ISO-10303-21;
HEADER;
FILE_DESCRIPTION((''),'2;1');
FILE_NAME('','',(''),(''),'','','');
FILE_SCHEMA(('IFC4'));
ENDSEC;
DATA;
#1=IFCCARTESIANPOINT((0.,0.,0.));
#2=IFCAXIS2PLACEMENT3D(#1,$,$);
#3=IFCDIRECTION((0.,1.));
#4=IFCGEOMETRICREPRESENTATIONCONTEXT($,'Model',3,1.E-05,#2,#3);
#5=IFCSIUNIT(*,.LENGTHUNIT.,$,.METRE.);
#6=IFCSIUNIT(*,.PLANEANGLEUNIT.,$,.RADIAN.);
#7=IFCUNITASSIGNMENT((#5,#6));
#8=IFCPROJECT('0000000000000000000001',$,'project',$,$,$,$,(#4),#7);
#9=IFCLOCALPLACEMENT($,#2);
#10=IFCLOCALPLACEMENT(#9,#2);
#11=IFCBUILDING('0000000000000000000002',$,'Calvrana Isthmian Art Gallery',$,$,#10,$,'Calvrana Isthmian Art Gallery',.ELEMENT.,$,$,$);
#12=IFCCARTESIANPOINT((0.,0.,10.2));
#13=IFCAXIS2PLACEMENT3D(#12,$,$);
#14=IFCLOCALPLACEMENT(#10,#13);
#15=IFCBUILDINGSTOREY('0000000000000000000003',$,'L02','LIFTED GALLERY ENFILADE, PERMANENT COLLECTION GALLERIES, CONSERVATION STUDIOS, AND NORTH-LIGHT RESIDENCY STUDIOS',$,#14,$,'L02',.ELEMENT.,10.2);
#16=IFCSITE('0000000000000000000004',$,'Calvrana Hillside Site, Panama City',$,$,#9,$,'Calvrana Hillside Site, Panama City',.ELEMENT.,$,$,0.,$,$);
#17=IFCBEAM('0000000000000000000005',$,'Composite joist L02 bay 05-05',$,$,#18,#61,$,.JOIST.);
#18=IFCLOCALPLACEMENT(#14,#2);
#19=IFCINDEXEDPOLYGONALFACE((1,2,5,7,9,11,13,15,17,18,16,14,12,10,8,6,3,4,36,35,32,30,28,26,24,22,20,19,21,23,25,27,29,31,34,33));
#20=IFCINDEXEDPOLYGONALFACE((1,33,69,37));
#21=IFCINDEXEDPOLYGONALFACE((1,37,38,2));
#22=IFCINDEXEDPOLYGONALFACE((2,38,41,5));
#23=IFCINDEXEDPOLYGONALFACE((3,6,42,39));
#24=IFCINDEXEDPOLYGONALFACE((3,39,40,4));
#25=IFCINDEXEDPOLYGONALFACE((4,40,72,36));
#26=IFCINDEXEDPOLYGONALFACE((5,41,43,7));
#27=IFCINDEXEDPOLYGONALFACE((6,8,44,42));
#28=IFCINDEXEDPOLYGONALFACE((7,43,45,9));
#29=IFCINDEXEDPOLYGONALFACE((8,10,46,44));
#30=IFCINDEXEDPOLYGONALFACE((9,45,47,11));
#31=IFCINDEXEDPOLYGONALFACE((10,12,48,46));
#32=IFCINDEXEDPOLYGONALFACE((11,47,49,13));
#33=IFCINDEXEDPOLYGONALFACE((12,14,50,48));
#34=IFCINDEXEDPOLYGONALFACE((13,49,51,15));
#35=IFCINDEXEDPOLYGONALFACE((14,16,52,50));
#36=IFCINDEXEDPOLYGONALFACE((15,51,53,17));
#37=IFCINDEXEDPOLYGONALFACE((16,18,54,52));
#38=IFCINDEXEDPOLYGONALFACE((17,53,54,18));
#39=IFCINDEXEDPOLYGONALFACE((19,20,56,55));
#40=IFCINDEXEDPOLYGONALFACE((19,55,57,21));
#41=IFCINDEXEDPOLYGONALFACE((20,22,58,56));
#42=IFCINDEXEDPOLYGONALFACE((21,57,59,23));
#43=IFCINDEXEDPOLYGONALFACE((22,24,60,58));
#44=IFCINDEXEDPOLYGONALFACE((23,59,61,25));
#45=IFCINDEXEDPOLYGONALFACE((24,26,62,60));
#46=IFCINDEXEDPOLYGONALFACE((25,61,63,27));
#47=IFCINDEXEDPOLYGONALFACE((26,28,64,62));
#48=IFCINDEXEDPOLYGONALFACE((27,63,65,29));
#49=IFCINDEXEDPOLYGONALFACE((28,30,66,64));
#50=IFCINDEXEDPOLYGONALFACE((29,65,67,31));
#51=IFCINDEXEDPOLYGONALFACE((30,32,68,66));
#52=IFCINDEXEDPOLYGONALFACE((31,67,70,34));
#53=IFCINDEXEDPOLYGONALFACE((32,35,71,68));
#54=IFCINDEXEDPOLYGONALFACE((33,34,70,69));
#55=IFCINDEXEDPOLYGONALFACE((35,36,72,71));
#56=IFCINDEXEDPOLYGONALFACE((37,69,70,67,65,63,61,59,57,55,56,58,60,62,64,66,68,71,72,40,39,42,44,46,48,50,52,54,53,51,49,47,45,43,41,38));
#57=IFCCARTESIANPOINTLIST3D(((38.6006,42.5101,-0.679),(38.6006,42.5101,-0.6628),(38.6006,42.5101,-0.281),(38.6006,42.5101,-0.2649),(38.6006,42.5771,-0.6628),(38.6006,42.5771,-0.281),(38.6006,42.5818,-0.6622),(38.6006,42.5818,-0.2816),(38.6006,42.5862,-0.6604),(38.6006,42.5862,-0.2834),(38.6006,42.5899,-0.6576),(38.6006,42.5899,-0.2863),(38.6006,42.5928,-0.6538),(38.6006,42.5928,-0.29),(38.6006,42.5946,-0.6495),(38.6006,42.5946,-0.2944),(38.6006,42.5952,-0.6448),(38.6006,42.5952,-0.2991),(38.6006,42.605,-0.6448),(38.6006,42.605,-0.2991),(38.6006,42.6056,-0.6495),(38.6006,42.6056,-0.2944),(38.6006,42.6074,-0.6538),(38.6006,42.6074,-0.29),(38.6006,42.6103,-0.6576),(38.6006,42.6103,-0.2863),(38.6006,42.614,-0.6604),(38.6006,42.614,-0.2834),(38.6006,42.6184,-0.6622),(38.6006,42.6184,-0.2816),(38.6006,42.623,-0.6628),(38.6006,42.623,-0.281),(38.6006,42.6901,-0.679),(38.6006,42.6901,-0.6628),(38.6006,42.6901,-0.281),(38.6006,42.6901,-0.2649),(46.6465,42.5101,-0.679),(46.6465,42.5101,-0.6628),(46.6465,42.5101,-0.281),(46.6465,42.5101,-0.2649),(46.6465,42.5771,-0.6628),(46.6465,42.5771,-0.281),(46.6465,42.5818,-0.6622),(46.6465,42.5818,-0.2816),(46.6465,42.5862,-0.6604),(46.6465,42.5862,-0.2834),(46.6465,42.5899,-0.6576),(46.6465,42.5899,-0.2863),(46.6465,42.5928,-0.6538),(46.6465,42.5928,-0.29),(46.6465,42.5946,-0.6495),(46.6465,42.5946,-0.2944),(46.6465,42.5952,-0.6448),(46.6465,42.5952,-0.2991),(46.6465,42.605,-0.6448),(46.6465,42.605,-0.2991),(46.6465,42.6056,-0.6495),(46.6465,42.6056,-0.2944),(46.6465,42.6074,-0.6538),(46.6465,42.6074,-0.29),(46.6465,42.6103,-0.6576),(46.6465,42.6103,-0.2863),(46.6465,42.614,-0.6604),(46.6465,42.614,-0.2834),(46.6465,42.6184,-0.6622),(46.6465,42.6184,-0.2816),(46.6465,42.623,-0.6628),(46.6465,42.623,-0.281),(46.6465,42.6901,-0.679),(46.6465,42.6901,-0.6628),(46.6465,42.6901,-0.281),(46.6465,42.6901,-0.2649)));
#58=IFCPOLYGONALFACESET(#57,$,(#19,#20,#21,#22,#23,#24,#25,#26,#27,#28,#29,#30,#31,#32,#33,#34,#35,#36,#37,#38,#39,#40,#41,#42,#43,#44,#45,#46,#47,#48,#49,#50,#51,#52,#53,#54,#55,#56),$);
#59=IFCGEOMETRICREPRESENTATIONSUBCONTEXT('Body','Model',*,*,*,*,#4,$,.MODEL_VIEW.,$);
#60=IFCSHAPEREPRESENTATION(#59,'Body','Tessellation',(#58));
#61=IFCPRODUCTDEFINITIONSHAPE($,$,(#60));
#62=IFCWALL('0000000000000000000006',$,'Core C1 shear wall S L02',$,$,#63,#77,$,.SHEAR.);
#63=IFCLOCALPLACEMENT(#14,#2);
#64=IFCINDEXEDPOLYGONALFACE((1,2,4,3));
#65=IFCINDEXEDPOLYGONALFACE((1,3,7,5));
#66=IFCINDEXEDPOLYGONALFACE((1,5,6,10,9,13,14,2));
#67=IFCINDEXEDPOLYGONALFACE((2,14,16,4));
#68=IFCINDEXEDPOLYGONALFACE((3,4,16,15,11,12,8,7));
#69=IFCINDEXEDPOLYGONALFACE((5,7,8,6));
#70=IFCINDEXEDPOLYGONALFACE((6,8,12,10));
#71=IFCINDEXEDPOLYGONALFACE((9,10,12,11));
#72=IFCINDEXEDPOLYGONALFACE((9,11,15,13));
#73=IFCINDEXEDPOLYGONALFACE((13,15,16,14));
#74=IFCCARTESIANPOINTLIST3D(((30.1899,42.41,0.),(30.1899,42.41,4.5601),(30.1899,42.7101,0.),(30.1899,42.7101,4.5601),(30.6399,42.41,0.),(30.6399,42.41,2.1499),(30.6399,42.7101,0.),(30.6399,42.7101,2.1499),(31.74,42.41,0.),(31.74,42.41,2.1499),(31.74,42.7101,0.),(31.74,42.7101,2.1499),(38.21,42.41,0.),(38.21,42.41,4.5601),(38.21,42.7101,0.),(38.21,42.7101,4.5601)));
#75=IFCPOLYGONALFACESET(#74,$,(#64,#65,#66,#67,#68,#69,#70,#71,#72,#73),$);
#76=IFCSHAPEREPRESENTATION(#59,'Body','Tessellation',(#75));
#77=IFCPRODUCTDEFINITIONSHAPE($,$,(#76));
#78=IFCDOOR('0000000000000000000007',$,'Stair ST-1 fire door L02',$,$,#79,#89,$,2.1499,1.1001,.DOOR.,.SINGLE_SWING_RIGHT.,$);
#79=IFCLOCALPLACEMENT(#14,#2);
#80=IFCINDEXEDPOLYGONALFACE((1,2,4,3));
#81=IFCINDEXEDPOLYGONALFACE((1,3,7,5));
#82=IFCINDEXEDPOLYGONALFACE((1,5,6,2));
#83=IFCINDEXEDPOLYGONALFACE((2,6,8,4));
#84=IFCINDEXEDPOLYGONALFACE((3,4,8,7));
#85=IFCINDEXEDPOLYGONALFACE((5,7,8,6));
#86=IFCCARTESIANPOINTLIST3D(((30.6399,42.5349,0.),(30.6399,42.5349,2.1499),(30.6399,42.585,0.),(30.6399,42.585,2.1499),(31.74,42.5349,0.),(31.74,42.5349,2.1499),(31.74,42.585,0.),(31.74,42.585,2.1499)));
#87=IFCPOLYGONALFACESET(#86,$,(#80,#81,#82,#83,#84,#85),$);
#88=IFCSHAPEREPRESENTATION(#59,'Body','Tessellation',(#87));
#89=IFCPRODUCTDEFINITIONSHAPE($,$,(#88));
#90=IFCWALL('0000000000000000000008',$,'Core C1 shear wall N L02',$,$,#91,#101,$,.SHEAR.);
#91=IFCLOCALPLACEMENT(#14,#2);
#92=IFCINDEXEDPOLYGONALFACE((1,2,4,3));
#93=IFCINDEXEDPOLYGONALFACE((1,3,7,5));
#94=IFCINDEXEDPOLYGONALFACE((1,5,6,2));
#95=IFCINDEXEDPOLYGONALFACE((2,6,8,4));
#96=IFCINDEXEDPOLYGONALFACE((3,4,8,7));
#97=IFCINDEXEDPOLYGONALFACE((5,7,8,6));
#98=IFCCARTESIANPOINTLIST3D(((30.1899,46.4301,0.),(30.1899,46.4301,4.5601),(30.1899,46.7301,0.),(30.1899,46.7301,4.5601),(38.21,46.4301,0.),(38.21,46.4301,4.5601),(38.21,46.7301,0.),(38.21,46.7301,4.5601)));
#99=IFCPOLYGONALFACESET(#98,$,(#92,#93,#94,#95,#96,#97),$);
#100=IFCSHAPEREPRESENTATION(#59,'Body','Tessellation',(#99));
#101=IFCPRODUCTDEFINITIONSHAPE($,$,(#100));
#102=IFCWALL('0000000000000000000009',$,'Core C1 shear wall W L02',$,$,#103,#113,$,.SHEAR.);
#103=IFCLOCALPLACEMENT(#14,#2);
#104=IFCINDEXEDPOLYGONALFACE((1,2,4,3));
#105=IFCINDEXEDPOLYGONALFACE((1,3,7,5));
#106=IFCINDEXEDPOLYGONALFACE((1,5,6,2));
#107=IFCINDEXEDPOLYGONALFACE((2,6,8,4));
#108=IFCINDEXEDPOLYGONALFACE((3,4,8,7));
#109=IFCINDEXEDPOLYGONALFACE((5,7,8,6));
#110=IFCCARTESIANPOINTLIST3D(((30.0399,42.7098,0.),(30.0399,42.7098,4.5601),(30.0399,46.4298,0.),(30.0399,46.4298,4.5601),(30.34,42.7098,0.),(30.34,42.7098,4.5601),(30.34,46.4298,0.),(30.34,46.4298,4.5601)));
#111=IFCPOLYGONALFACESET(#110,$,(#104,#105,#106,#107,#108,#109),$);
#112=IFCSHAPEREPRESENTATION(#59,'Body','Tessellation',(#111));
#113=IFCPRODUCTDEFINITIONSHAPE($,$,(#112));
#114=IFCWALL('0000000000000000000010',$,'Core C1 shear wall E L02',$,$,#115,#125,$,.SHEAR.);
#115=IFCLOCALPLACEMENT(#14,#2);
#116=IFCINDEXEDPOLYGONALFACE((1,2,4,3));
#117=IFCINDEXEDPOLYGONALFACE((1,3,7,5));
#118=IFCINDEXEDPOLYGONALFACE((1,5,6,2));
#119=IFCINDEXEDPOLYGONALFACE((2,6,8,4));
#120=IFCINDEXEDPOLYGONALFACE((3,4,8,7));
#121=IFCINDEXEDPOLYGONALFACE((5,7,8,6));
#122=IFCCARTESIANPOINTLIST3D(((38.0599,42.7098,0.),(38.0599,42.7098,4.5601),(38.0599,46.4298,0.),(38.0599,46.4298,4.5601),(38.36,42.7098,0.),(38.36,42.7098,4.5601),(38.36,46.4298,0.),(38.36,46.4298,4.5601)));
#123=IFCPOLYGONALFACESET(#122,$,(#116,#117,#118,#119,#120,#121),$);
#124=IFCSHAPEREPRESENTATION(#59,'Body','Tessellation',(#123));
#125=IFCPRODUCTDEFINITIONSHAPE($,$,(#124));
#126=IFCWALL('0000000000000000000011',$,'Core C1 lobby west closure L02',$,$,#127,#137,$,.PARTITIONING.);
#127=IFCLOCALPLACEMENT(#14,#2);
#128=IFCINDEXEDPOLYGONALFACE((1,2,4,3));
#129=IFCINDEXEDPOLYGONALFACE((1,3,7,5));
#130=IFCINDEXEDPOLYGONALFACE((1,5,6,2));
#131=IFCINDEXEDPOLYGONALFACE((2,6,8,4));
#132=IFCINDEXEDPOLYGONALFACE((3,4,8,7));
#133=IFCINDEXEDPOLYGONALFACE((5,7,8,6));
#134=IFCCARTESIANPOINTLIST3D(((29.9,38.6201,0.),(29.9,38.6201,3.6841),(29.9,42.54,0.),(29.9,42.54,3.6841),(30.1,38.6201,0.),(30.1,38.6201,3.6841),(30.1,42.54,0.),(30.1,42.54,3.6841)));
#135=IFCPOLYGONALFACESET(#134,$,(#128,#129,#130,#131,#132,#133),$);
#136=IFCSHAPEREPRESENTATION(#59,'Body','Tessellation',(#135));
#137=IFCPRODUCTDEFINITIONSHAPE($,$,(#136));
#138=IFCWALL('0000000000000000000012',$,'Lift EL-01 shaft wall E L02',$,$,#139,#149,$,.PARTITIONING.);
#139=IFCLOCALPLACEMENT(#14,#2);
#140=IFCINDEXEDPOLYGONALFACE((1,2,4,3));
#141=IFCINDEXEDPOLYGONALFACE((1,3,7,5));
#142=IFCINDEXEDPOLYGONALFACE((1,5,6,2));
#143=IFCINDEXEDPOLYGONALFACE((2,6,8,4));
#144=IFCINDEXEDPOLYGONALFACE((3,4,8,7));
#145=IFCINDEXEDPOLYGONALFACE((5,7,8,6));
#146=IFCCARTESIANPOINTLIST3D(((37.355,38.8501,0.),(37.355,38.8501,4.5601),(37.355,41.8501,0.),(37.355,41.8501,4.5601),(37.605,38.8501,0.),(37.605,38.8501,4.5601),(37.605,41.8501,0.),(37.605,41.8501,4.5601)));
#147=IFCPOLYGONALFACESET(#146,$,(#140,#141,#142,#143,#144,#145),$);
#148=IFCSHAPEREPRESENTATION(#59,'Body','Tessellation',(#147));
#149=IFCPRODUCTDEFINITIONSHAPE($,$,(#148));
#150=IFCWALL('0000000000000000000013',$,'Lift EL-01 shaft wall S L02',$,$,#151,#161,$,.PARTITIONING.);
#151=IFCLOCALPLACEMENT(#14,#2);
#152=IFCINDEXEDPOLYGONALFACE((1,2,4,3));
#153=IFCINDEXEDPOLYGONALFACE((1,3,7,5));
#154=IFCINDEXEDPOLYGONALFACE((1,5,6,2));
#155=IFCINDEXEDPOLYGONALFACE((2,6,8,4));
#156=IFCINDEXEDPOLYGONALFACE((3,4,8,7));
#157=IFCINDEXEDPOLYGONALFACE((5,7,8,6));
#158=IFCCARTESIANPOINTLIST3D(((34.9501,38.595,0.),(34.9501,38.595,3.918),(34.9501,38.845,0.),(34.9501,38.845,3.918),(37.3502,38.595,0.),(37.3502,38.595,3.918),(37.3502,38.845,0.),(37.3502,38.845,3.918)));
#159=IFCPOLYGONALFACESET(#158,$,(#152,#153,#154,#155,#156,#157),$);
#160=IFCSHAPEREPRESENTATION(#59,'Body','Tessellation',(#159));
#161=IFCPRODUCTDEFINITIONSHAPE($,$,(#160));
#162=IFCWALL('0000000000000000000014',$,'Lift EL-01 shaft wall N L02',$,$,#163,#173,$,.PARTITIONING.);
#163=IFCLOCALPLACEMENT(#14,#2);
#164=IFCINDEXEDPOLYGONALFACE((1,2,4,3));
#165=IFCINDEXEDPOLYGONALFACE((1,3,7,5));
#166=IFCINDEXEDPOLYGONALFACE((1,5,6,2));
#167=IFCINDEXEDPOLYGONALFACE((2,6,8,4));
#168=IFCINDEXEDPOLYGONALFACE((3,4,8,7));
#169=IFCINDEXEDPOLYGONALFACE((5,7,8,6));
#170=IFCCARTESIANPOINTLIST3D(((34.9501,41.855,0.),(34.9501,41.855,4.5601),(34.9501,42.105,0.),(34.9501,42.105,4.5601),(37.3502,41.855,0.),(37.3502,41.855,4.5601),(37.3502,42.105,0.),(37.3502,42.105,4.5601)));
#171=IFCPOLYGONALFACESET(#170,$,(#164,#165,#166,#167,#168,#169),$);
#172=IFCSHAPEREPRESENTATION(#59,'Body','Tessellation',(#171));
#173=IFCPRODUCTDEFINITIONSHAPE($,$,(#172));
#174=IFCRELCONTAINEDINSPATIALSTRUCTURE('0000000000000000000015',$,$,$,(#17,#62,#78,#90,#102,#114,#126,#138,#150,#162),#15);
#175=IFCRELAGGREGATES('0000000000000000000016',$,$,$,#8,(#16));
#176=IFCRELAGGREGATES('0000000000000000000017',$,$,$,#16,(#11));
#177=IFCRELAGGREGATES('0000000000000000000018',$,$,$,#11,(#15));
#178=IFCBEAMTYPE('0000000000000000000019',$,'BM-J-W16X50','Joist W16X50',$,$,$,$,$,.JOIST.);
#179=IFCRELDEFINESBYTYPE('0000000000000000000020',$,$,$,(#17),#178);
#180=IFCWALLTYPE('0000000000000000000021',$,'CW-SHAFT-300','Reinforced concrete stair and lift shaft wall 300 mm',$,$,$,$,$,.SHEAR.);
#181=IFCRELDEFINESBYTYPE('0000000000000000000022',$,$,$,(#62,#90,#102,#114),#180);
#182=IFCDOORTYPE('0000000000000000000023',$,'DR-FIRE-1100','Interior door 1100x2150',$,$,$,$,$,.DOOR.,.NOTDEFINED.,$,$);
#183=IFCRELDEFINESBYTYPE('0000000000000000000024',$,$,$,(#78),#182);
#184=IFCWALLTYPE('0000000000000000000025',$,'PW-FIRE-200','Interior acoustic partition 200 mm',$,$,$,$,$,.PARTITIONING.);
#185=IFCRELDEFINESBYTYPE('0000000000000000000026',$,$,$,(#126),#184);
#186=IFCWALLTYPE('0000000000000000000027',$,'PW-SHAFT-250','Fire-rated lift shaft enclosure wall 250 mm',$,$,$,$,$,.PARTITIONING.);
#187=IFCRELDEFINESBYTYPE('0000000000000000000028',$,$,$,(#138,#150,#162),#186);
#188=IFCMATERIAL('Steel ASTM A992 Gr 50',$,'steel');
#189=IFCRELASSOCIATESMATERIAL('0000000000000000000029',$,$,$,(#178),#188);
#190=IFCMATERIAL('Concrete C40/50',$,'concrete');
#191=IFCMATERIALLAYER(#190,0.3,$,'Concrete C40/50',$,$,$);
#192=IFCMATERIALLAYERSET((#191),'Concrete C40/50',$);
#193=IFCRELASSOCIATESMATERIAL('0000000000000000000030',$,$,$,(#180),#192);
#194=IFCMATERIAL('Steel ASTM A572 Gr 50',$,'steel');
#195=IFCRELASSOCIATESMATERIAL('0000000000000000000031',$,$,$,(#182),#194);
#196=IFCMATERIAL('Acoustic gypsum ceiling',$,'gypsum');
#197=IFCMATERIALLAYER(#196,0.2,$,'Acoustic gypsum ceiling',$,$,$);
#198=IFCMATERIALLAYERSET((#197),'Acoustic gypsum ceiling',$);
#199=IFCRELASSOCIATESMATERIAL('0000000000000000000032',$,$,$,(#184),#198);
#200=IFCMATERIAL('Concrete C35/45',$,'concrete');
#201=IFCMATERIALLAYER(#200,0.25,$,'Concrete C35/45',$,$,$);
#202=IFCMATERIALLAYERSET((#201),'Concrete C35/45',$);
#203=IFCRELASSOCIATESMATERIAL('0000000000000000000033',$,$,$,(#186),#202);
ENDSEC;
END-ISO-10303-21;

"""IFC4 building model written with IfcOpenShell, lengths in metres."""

from ifc_helpers import new_model, si_unit, direction, frame, frame_2d, origin, origin_2d, place, context, subcontext, project, spatial, rectangle, i_section, extrude, material, layer, layer_set, material_profile, profile_set, type_object, element, fill, save


model = new_model("IFC4")

# Units and contexts
model_context = context("Model", 3, precision=1e-05, world=origin(), true_north=direction((0.0, 1.0)))
body_context = subcontext(model_context, "Body", "Model", "MODEL_VIEW")
ifc_project = project(units=[si_unit("LENGTHUNIT", "METRE"), si_unit("PLANEANGLEUNIT", "RADIAN")], contexts=[model_context])

# Site, building, storey
site_placement = place(None, origin())
site = spatial("IfcSite", under=ifc_project, at=site_placement, Name="Calvrana Hillside Site, Panama City", LongName="Calvrana Hillside Site, Panama City", CompositionType="ELEMENT", RefElevation=0.0)
building_placement = place(site_placement, origin())
building = spatial("IfcBuilding", under=site, at=building_placement, Name="Calvrana Isthmian Art Gallery", LongName="Calvrana Isthmian Art Gallery", CompositionType="ELEMENT")
storey_placement = place(building_placement, frame((0.0, 0.0, 10.2)))
storey = spatial("IfcBuildingStorey", under=building, at=storey_placement, Name="L02", Description="LIFTED GALLERY ENFILADE, PERMANENT COLLECTION GALLERIES, CONSERVATION STUDIOS, AND NORTH-LIGHT RESIDENCY STUDIOS", LongName="L02", CompositionType="ELEMENT", Elevation=10.2)

# Shared definitions
ifc_material_1 = material(Name="Steel ASTM A992 Gr 50", Category="steel")

# Beam
ifc_material_profile_1 = material_profile(ifc_material_1, i_section(OverallWidth=0.1799, OverallDepth=0.4141, WebThickness=0.0098, FlangeThickness=0.0161, FilletRadius=0.0181, at=origin_2d()), Name="W16X50")
ifc_profile_set_1 = profile_set([ifc_material_profile_1], Name="Steel ASTM A992 Gr 50")
beam_type_1 = type_object("IfcBeamType", Name="BM-J-W16X50", Description="Joist W16X50", PredefinedType="JOIST", material=ifc_profile_set_1)
beam_1_placement = place(storey_placement, frame((38.6006, 42.6001, -0.4719), z_axis=(1.0, 0.0, 0.0), x_axis=(0.0, 1.0, 0.0)))
element("IfcBeam", 1, at=beam_1_placement, inside=storey, type_object=beam_type_1, Name="Composite joist L02 bay 05-05", PredefinedType="JOIST", context=body_context, shape_type="SweptSolid", body=[
    extrude(i_section(OverallWidth=0.1799, OverallDepth=0.4141, WebThickness=0.0098, FlangeThickness=0.0161, FilletRadius=0.0181, at=origin_2d()), origin(), (0.0, 0.0, 1.0), 8.0459),
])

# Wall, opening, door
ifc_material_2 = material(Name="Concrete C40/50", Category="concrete")
ifc_layer_1 = layer(ifc_material_2, 0.3, Name="Concrete C40/50")
ifc_layer_set_1 = layer_set([ifc_layer_1], Name="Concrete C40/50")
wall_type_1 = type_object("IfcWallType", Name="CW-SHAFT-300", Description="Reinforced concrete stair and lift shaft wall 300 mm", PredefinedType="SHEAR", material=ifc_layer_set_1)
wall_1_placement = place(storey_placement, frame((30.1899, 42.5601, 0.0), z_axis=(0.0, 0.0, 1.0), x_axis=(1.0, 0.0, 0.0)))
wall_1 = element("IfcWall", 2, at=wall_1_placement, inside=storey, type_object=wall_type_1, Name="Core C1 shear wall S L02", PredefinedType="SHEAR", context=body_context, shape_type="SweptSolid", body=[
    extrude(rectangle(XDim=8.02, YDim=0.3, at=frame_2d((4.01, 0.0))), origin(), (0.0, 0.0, 1.0), 4.5601),
])
opening_placement = place(wall_1_placement, frame((0.45, 0.0, 0.0)))
opening = element("IfcOpeningElement", 3, at=opening_placement, cuts=wall_1, PredefinedType="OPENING", context=body_context, shape_type="SweptSolid", body=[
    extrude(rectangle(XDim=1.1001, YDim=2.1499, at=frame_2d((0.55, 1.075))), frame((0.0, 0.1602, 0.0), z_axis=(0.0, -1.0, 0.0), x_axis=(1.0, 0.0, 0.0)), (0.0, 0.0, 1.0), 0.3206),
])
ifc_material_3 = material(Name="Steel ASTM A572 Gr 50", Category="steel")
door_type = type_object("IfcDoorType", Name="DR-FIRE-1100", Description="Interior door 1100x2150", OperationType="NOTDEFINED", PredefinedType="DOOR", material=ifc_material_3)
door_placement = place(opening_placement, origin())
door = element("IfcDoor", 4, at=door_placement, inside=storey, type_object=door_type, Name="Stair ST-1 fire door L02", OperationType="SINGLE_SWING_RIGHT", OverallHeight=2.1499, OverallWidth=1.1001, PredefinedType="DOOR", context=body_context, shape_type="SweptSolid", body=[
    extrude(rectangle(XDim=1.1001, YDim=2.1499, at=frame_2d((0.55, 1.075))), frame((0.0, 0.0249, 0.0), z_axis=(0.0, -1.0, 0.0), x_axis=(1.0, 0.0, 0.0)), (0.0, 0.0, 1.0), 0.05),
])
fill(opening, door)

# Walls
wall_2_placement = place(storey_placement, frame((30.1899, 46.5801, 0.0), z_axis=(0.0, 0.0, 1.0), x_axis=(1.0, 0.0, 0.0)))
element("IfcWall", 5, at=wall_2_placement, inside=storey, type_object=wall_type_1, Name="Core C1 shear wall N L02", PredefinedType="SHEAR", context=body_context, shape_type="SweptSolid", body=[
    extrude(rectangle(XDim=8.02, YDim=0.3, at=frame_2d((4.01, 0.0))), origin(), (0.0, 0.0, 1.0), 4.5601),
])
for number, where, z_axis, x_axis, name in (
    (6, (30.1899, 42.71, 0.0), (0.0, 0.0, 1.0), (0.0, 1.0, 0.0), "Core C1 shear wall W L02"),
    (7, (38.21, 42.71, 0.0), (0.0, 0.0, 1.0), (0.0, 1.0, 0.0), "Core C1 shear wall E L02"),
):
    element("IfcWall", number, at=place(storey_placement, frame(where, z_axis=z_axis, x_axis=x_axis)), inside=storey, type_object=wall_type_1, Name=name, PredefinedType="SHEAR", context=body_context, shape_type="SweptSolid", body=[
        extrude(rectangle(XDim=3.72, YDim=0.3, at=frame_2d((1.8599, 0.0))), origin(), (0.0, 0.0, 1.0), 4.5601),
    ])
ifc_material_4 = material(Name="Acoustic gypsum ceiling", Category="gypsum")
ifc_layer_2 = layer(ifc_material_4, 0.2, Name="Acoustic gypsum ceiling")
ifc_layer_set_2 = layer_set([ifc_layer_2], Name="Acoustic gypsum ceiling")
wall_type_2 = type_object("IfcWallType", Name="PW-FIRE-200", Description="Interior acoustic partition 200 mm", PredefinedType="PARTITIONING", material=ifc_layer_set_2)
wall_3_placement = place(storey_placement, frame((30.0, 38.6201, 0.0), z_axis=(0.0, 0.0, 1.0), x_axis=(0.0, 1.0, 0.0)))
element("IfcWall", 8, at=wall_3_placement, inside=storey, type_object=wall_type_2, Name="Core C1 lobby west closure L02", PredefinedType="PARTITIONING", context=body_context, shape_type="SweptSolid", body=[
    extrude(rectangle(XDim=3.9199, YDim=0.2, at=frame_2d((1.96, 0.0))), origin(), (0.0, 0.0, 1.0), 3.6841),
])
ifc_material_5 = material(Name="Concrete C35/45", Category="concrete")
ifc_layer_3 = layer(ifc_material_5, 0.25, Name="Concrete C35/45")
ifc_layer_set_3 = layer_set([ifc_layer_3], Name="Concrete C35/45")
wall_type_3 = type_object("IfcWallType", Name="PW-SHAFT-250", Description="Fire-rated lift shaft enclosure wall 250 mm", PredefinedType="PARTITIONING", material=ifc_layer_set_3)
wall_4_placement = place(storey_placement, frame((37.48, 38.8501, 0.0), z_axis=(0.0, 0.0, 1.0), x_axis=(0.0, 1.0, 0.0)))
element("IfcWall", 9, at=wall_4_placement, inside=storey, type_object=wall_type_3, Name="Lift EL-01 shaft wall E L02", PredefinedType="PARTITIONING", context=body_context, shape_type="SweptSolid", body=[
    extrude(rectangle(XDim=3.0, YDim=0.25, at=frame_2d((1.5, 0.0))), origin(), (0.0, 0.0, 1.0), 4.5601),
])
wall_5_placement = place(storey_placement, frame((34.95, 38.72, 0.0), z_axis=(0.0, 0.0, 1.0), x_axis=(1.0, 0.0, 0.0)))
element("IfcWall", 10, at=wall_5_placement, inside=storey, type_object=wall_type_3, Name="Lift EL-01 shaft wall S L02", PredefinedType="PARTITIONING", context=body_context, shape_type="SweptSolid", body=[
    extrude(rectangle(XDim=2.4001, YDim=0.25, at=frame_2d((1.2002, 0.0))), origin(), (0.0, 0.0, 1.0), 3.918),
])
wall_6_placement = place(storey_placement, frame((34.95, 41.98, 0.0), z_axis=(0.0, 0.0, 1.0), x_axis=(1.0, 0.0, 0.0)))
element("IfcWall", 11, at=wall_6_placement, inside=storey, type_object=wall_type_3, Name="Lift EL-01 shaft wall N L02", PredefinedType="PARTITIONING", context=body_context, shape_type="SweptSolid", body=[
    extrude(rectangle(XDim=2.4001, YDim=0.25, at=frame_2d((1.2002, 0.0))), origin(), (0.0, 0.0, 1.0), 4.5601),
])

save(model, "model.ifc")
